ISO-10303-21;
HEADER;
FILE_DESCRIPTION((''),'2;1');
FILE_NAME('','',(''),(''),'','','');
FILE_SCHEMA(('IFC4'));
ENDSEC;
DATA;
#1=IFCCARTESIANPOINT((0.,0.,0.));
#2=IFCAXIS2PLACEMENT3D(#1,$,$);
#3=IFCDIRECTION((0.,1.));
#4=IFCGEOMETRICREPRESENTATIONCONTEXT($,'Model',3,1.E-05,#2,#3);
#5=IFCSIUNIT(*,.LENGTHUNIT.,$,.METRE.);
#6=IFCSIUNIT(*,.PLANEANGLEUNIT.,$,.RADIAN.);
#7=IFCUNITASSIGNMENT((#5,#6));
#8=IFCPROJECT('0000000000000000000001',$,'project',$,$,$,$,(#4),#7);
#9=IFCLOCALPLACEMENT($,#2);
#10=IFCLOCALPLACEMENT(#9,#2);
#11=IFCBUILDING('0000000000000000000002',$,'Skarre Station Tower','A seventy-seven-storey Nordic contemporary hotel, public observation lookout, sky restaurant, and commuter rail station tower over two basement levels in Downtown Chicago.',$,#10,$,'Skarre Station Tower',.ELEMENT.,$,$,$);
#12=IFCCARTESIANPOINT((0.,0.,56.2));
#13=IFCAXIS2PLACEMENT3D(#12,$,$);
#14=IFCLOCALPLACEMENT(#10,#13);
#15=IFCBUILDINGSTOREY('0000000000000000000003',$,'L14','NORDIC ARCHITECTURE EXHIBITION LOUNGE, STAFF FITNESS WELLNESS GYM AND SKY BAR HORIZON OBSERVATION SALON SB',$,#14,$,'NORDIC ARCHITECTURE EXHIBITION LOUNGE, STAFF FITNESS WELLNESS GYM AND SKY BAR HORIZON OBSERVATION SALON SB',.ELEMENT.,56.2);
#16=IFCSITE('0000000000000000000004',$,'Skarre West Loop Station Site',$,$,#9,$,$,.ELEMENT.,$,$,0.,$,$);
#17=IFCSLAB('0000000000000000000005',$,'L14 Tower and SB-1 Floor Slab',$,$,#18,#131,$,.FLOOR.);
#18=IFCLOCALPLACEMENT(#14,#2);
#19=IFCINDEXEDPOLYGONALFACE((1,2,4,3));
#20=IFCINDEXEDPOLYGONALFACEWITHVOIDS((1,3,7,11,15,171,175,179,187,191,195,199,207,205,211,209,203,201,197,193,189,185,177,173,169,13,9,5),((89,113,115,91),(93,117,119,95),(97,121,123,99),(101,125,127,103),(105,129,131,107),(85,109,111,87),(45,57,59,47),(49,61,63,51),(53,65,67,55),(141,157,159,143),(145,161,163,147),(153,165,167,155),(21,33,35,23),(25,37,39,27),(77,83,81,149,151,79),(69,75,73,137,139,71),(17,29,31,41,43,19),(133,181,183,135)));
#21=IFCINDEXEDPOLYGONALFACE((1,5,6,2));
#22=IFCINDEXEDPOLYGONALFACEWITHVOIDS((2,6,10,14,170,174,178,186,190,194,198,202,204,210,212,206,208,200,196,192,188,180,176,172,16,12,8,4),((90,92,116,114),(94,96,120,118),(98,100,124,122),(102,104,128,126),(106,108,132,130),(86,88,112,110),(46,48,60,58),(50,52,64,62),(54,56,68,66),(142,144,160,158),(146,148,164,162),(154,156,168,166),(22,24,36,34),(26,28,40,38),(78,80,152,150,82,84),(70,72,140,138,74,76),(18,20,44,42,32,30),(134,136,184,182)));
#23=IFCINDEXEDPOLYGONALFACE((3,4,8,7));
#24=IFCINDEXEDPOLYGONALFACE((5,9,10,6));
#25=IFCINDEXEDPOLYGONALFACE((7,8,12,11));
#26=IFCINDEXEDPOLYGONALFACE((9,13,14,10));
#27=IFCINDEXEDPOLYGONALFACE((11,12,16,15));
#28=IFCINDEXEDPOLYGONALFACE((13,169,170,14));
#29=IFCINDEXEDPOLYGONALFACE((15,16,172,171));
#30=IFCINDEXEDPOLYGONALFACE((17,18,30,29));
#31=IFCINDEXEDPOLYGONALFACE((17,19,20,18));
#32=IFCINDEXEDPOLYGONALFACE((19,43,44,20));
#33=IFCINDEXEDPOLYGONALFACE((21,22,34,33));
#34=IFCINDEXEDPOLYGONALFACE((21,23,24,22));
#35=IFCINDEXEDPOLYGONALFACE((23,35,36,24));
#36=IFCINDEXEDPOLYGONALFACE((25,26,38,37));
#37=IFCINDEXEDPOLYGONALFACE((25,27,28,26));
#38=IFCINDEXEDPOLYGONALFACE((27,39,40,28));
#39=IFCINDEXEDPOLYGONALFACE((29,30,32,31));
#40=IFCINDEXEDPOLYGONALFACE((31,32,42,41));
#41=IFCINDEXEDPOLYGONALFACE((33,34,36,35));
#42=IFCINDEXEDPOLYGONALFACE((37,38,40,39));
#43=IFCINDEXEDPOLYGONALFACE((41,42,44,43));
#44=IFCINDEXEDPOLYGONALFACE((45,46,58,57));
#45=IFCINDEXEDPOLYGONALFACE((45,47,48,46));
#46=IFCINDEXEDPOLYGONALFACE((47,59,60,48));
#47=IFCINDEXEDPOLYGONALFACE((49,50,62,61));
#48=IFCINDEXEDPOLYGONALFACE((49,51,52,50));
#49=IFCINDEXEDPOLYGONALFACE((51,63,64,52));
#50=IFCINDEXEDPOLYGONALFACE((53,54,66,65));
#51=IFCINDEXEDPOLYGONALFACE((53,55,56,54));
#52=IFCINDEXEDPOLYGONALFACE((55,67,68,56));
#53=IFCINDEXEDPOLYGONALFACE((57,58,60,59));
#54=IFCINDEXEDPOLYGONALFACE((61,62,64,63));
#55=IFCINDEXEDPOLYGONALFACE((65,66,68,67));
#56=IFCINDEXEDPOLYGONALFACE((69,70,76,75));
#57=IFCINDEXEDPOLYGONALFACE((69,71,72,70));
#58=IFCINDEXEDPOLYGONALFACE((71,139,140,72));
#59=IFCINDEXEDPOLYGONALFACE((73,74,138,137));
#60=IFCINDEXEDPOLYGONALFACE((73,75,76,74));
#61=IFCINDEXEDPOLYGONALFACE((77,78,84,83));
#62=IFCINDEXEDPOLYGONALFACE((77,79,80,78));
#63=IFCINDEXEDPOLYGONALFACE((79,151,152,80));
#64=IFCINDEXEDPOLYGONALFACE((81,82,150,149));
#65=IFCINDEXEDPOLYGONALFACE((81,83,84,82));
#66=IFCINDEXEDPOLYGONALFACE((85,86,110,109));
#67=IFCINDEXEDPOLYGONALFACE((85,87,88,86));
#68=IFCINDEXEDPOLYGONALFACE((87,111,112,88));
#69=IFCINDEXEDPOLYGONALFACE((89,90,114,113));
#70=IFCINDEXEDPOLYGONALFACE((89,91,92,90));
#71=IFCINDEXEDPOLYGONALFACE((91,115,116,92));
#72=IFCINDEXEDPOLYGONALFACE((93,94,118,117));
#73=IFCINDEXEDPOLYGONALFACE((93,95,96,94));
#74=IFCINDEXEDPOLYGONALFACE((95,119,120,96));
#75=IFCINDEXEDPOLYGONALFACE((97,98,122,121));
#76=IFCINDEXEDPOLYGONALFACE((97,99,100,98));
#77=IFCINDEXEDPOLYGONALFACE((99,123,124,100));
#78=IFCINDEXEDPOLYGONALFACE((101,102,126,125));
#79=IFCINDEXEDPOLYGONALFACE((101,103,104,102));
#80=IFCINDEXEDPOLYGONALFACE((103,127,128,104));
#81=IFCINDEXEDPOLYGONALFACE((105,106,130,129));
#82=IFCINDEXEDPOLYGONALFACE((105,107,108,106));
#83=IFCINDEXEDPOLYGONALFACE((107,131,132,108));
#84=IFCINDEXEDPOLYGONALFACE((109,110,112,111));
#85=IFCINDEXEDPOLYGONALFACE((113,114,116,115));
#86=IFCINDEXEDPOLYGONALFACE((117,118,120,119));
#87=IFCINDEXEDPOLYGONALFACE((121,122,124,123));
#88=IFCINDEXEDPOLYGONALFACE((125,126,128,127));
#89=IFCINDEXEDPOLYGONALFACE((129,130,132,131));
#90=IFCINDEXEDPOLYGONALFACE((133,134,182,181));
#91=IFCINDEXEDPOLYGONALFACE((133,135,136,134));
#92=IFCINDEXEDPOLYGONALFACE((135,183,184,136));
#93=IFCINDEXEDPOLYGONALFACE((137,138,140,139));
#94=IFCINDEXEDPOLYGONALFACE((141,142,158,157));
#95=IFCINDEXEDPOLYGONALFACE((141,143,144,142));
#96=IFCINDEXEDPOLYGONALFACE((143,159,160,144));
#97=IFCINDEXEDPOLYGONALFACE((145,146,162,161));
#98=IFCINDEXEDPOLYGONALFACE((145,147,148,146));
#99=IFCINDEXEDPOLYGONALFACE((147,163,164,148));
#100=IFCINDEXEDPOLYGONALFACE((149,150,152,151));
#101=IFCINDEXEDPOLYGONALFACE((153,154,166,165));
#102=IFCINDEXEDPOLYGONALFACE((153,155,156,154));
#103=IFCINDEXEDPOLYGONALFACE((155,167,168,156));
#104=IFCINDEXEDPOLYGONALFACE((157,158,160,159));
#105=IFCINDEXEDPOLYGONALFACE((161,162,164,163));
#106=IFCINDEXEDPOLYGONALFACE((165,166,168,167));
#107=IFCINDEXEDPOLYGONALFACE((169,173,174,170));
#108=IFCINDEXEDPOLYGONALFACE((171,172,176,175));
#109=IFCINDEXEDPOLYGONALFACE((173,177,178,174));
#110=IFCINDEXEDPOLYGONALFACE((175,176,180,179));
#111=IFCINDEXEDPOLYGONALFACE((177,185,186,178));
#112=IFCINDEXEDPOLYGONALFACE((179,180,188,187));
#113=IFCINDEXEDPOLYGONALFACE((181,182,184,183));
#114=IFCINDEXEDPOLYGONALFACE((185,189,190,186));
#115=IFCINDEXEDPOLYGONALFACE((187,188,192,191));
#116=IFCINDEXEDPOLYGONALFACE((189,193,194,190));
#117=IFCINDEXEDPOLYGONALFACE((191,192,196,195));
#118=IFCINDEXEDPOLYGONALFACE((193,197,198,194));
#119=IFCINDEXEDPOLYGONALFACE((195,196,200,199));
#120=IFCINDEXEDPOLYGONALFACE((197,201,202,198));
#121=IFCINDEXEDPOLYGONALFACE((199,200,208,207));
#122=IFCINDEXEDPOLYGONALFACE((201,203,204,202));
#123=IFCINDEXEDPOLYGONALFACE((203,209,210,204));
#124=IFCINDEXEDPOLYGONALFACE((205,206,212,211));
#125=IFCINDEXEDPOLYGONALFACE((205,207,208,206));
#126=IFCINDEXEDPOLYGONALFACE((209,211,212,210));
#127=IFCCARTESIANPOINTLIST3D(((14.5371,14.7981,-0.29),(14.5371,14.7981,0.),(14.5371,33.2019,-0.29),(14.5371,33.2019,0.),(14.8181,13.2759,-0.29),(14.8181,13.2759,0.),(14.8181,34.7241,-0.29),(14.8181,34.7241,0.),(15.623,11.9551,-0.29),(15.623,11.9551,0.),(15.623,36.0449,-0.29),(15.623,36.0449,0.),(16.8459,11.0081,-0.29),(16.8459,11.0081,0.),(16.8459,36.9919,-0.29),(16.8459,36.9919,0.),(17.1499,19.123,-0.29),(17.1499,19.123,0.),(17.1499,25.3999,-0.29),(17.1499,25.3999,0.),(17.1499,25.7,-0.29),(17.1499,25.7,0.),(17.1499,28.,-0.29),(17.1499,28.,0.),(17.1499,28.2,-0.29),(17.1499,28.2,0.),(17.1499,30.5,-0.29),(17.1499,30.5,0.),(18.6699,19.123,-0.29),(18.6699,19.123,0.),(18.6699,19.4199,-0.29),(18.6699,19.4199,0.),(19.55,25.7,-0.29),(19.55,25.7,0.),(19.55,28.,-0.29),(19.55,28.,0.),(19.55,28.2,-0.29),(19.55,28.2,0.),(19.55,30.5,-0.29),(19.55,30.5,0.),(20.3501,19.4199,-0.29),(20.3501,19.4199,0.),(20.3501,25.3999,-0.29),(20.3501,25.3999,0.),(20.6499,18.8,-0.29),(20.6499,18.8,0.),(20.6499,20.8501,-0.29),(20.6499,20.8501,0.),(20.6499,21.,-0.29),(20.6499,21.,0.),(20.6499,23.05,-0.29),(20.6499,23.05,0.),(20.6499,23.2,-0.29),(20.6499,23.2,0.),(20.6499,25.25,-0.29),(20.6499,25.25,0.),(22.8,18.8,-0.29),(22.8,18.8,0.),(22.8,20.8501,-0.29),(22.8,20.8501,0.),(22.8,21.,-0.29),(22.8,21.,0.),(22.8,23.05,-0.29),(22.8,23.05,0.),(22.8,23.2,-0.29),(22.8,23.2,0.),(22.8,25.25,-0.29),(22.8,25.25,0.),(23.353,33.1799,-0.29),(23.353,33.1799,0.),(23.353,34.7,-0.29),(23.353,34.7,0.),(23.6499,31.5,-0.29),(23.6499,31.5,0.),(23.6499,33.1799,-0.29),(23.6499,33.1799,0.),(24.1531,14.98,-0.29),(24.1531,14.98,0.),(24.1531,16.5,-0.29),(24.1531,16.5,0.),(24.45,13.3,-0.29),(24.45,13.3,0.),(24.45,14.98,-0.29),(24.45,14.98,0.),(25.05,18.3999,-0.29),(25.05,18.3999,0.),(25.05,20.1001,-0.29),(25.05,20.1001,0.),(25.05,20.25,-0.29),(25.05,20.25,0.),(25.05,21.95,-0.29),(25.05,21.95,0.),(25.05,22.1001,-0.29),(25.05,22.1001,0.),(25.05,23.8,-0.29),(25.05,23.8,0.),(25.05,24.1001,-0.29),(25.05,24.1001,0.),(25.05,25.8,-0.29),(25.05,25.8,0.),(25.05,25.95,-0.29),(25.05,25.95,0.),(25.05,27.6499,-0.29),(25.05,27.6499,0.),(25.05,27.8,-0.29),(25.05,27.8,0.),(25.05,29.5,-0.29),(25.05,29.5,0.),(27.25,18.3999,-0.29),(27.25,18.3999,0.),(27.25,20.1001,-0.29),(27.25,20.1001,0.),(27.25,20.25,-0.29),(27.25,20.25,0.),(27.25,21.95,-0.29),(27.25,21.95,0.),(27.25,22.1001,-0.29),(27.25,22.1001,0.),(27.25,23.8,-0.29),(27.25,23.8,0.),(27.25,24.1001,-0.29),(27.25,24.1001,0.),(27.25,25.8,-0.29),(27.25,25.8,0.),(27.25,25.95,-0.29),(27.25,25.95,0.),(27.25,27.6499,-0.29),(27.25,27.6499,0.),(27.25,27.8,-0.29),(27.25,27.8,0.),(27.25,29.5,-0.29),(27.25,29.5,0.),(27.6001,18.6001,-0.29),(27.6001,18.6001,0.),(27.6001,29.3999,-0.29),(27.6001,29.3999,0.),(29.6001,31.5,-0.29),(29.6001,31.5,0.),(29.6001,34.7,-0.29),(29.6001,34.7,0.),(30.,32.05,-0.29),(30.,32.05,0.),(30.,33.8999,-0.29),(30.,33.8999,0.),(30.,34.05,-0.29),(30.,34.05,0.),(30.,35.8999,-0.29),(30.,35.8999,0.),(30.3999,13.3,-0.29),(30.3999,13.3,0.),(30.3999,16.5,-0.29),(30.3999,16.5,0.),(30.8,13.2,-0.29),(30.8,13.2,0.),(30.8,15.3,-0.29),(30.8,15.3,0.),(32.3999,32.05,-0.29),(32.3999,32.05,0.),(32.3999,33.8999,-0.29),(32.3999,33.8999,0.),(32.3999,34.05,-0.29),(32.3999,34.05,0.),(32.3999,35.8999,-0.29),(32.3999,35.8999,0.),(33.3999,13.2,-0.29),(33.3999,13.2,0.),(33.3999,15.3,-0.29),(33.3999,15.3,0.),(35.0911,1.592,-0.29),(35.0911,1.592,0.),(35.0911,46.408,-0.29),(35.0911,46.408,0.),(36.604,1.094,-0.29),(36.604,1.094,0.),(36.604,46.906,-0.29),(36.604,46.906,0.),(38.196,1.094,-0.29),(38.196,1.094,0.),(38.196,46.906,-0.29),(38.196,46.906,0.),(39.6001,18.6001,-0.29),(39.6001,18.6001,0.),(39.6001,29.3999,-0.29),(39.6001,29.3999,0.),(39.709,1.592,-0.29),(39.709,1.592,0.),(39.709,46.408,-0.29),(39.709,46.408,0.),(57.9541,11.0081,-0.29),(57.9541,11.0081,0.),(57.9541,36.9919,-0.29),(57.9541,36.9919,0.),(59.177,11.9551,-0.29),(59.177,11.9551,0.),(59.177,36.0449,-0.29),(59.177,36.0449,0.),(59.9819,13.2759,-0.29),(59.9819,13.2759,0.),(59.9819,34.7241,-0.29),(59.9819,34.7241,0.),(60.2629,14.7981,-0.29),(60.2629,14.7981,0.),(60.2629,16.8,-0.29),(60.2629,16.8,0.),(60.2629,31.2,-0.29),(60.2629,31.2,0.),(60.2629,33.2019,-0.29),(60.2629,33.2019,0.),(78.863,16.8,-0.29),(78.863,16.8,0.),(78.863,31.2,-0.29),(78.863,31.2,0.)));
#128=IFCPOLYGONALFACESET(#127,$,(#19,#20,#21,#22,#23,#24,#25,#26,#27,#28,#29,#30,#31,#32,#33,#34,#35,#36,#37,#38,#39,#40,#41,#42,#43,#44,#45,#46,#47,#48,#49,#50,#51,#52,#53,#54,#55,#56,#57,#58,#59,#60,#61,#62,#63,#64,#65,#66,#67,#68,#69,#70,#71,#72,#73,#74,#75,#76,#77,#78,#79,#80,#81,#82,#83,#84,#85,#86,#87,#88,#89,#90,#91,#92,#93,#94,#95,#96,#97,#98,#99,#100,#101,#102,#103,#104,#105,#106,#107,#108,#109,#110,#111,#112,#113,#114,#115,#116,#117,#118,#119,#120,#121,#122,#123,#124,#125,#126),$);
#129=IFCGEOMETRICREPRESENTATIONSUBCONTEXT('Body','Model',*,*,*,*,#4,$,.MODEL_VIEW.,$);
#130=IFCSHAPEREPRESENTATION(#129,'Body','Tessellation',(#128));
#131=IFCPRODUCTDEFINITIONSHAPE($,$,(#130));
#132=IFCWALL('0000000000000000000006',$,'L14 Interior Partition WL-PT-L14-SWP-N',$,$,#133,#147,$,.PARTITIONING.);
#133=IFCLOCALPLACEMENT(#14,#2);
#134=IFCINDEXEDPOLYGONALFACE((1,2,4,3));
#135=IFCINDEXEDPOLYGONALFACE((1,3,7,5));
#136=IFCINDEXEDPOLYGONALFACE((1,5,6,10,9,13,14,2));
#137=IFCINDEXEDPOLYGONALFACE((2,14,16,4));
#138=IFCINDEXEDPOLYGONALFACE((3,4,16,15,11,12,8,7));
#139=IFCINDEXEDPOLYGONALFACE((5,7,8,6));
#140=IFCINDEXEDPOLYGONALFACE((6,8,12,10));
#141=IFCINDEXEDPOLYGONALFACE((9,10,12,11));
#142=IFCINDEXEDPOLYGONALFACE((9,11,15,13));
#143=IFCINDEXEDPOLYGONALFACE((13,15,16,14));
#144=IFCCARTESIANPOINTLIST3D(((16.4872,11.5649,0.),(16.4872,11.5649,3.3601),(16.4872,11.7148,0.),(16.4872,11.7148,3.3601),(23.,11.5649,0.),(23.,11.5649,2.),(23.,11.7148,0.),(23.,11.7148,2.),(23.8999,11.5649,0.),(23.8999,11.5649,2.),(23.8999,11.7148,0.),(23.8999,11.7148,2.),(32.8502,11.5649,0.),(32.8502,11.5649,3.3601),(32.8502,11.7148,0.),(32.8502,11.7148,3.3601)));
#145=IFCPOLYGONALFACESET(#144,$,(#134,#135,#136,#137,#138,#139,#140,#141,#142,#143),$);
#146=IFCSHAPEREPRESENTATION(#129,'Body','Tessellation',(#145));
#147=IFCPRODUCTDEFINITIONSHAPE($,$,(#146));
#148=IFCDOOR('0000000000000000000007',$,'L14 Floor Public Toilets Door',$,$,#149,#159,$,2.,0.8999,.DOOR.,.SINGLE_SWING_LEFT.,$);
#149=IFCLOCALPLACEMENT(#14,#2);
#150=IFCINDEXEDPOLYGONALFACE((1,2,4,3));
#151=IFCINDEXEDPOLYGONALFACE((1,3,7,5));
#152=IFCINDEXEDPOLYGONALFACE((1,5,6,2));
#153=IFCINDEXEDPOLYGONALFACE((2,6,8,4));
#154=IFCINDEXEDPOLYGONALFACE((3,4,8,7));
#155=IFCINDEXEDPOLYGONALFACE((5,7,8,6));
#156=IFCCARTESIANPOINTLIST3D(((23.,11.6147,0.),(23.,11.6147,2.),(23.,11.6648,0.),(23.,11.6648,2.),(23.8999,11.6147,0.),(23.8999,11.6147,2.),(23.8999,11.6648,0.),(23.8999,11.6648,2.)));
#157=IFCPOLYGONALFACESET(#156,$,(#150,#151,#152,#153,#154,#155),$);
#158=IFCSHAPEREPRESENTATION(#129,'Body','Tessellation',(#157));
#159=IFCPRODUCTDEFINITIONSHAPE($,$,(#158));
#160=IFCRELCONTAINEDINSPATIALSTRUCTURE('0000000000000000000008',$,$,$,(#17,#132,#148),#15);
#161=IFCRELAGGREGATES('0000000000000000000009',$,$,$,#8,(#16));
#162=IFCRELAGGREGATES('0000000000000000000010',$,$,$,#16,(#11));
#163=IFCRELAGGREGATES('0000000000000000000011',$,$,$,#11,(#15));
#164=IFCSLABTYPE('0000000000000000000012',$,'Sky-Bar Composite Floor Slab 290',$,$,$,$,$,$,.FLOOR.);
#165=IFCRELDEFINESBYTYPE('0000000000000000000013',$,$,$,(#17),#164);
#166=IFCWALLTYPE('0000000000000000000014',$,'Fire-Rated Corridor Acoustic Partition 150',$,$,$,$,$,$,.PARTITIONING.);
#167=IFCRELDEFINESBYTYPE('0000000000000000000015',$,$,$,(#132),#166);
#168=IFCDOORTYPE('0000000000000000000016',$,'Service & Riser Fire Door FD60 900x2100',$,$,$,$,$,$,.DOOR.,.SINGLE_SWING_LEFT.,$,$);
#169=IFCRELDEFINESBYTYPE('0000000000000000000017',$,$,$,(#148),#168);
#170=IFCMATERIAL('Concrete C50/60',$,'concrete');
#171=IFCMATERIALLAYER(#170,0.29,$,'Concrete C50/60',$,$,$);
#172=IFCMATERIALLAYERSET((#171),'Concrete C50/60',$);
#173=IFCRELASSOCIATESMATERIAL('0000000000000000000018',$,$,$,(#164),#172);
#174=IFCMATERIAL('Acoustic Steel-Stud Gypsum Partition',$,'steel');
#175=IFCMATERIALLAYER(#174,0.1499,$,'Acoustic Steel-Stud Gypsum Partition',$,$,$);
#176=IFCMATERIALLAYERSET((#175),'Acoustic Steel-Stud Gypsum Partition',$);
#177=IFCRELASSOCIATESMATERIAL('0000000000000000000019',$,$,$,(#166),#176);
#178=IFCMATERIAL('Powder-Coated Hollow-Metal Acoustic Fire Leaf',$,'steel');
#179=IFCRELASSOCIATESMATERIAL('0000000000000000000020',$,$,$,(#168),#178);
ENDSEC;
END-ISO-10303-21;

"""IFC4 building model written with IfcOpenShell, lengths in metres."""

from ifc_helpers import new_model, si_unit, direction, frame, frame_2d, origin, place, context, subcontext, project, spatial, polyline, rectangle, outline, extrude, material, layer, layer_set, type_object, element, fill, save


model = new_model("IFC4")

# Units and contexts
model_context = context("Model", 3, precision=1e-05, world=origin(), true_north=direction((0.0, 1.0)))
body_context = subcontext(model_context, "Body", "Model", "MODEL_VIEW")
ifc_project = project(units=[si_unit("LENGTHUNIT", "METRE"), si_unit("PLANEANGLEUNIT", "RADIAN")], contexts=[model_context])

# Site, building, storey
site_placement = place(None, origin())
site = spatial("IfcSite", under=ifc_project, at=site_placement, Name="Skarre West Loop Station Site", CompositionType="ELEMENT", RefElevation=0.0)
building_placement = place(site_placement, origin())
building = spatial("IfcBuilding", under=site, at=building_placement, Name="Skarre Station Tower", Description="A seventy-seven-storey Nordic contemporary hotel, public observation lookout, sky restaurant, and commuter rail station tower over two basement levels in Downtown Chicago.", LongName="Skarre Station Tower", CompositionType="ELEMENT")
storey_placement = place(building_placement, frame((0.0, 0.0, 56.2)))
storey = spatial("IfcBuildingStorey", under=building, at=storey_placement, Name="L14", Description="NORDIC ARCHITECTURE EXHIBITION LOUNGE, STAFF FITNESS WELLNESS GYM AND SKY BAR HORIZON OBSERVATION SALON SB", LongName="NORDIC ARCHITECTURE EXHIBITION LOUNGE, STAFF FITNESS WELLNESS GYM AND SKY BAR HORIZON OBSERVATION SALON SB", CompositionType="ELEMENT", Elevation=56.2)

# Slab
ifc_material_1 = material(Name="Concrete C50/60", Category="concrete")
ifc_layer_1 = layer(ifc_material_1, 0.29, Name="Concrete C50/60")
ifc_layer_set_1 = layer_set([ifc_layer_1], Name="Concrete C50/60")
slab_type_1 = type_object("IfcSlabType", Name="Sky-Bar Composite Floor Slab 290", PredefinedType="FLOOR", material=ifc_layer_set_1)
slab_1_placement = place(storey_placement, frame((0.0, 0.0, -0.29)))
element("IfcSlab", 1, at=slab_1_placement, inside=storey, type_object=slab_type_1, Name="L14 Tower and SB-1 Floor Slab", PredefinedType="FLOOR", context=body_context, shape_type="SweptSolid", body=[
    extrude(outline(polyline([(60.2629, 16.8), (78.863, 16.8), (78.863, 31.2), (60.2629, 31.2), (60.2629, 33.2019), (59.9819, 34.7241), (59.177, 36.0449), (57.9541, 36.9919), (39.709, 46.408), (38.196, 46.906), (36.604, 46.906), (35.0911, 46.408), (16.8459, 36.9919), (15.623, 36.0449), (14.8181, 34.7241), (14.5371, 33.2019), (14.5371, 14.7981), (14.8181, 13.2759), (15.623, 11.9551), (16.8459, 11.0081), (35.0911, 1.592), (36.604, 1.094), (38.196, 1.094), (39.709, 1.592), (57.9541, 11.0081), (59.177, 11.9551), (59.9819, 13.2759), (60.2629, 14.7981), (60.2629, 16.8)]), holes=[polyline([(18.6699, 19.4199), (18.6699, 19.123), (17.1499, 19.123), (17.1499, 25.3999), (20.3501, 25.3999), (20.3501, 19.4199), (18.6699, 19.4199)]), polyline([(24.45, 14.98), (24.1531, 14.98), (24.1531, 16.5), (30.3999, 16.5), (30.3999, 13.3), (24.45, 13.3), (24.45, 14.98)]), polyline([(23.6499, 33.1799), (23.353, 33.1799), (23.353, 34.7), (29.6001, 34.7), (29.6001, 31.5), (23.6499, 31.5), (23.6499, 33.1799)]), polyline([(17.1499, 28.0), (19.55, 28.0), (19.55, 25.7), (17.1499, 25.7), (17.1499, 28.0)]), polyline([(17.1499, 30.5), (19.55, 30.5), (19.55, 28.2), (17.1499, 28.2), (17.1499, 30.5)]), polyline([(30.8, 15.3), (33.3999, 15.3), (33.3999, 13.2), (30.8, 13.2), (30.8, 15.3)]), polyline([(25.05, 20.1001), (27.25, 20.1001), (27.25, 18.3999), (25.05, 18.3999), (25.05, 20.1001)]), polyline([(25.05, 21.95), (27.25, 21.95), (27.25, 20.25), (25.05, 20.25), (25.05, 21.95)]), polyline([(25.05, 23.8), (27.25, 23.8), (27.25, 22.1001), (25.05, 22.1001), (25.05, 23.8)]), polyline([(25.05, 25.8), (27.25, 25.8), (27.25, 24.1001), (25.05, 24.1001), (25.05, 25.8)]), polyline([(25.05, 27.6499), (27.25, 27.6499), (27.25, 25.95), (25.05, 25.95), (25.05, 27.6499)]), polyline([(25.05, 29.5), (27.25, 29.5), (27.25, 27.8), (25.05, 27.8), (25.05, 29.5)]), polyline([(20.6499, 20.8501), (22.8, 20.8501), (22.8, 18.8), (20.6499, 18.8), (20.6499, 20.8501)]), polyline([(20.6499, 23.05), (22.8, 23.05), (22.8, 21.0), (20.6499, 21.0), (20.6499, 23.05)]), polyline([(20.6499, 25.25), (22.8, 25.25), (22.8, 23.2), (20.6499, 23.2), (20.6499, 25.25)]), polyline([(30.0, 33.8999), (32.3999, 33.8999), (32.3999, 32.05), (30.0, 32.05), (30.0, 33.8999)]), polyline([(30.0, 35.8999), (32.3999, 35.8999), (32.3999, 34.05), (30.0, 34.05), (30.0, 35.8999)]), polyline([(27.6001, 29.3999), (39.6001, 29.3999), (39.6001, 18.6001), (27.6001, 18.6001), (27.6001, 29.3999)])]), origin(), (0.0, 0.0, 1.0), 0.29),
])

# Wall, opening, door
ifc_material_2 = material(Name="Acoustic Steel-Stud Gypsum Partition", Category="steel")
ifc_layer_2 = layer(ifc_material_2, 0.1499, Name="Acoustic Steel-Stud Gypsum Partition")
ifc_layer_set_2 = layer_set([ifc_layer_2], Name="Acoustic Steel-Stud Gypsum Partition")
wall_type_1 = type_object("IfcWallType", Name="Fire-Rated Corridor Acoustic Partition 150", PredefinedType="PARTITIONING", material=ifc_layer_set_2)
wall_1_placement = place(storey_placement, frame((16.4871, 11.6399, 0.0), z_axis=(0.0, 0.0, 1.0), x_axis=(1.0, 0.0, 0.0)))
wall_1 = element("IfcWall", 2, at=wall_1_placement, inside=storey, type_object=wall_type_1, Name="L14 Interior Partition WL-PT-L14-SWP-N", PredefinedType="PARTITIONING", context=body_context, shape_type="SweptSolid", body=[
    extrude(rectangle(XDim=16.363, YDim=0.1499, at=frame_2d((8.1816, 0.0))), origin(), (0.0, 0.0, 1.0), 3.3601),
])
opening_1_placement = place(wall_1_placement, frame((6.5129, 0.0, 0.0)))
opening_1 = element("IfcOpeningElement", 3, at=opening_1_placement, cuts=wall_1, PredefinedType="OPENING", context=body_context, shape_type="SweptSolid", body=[
    extrude(rectangle(XDim=0.8999, YDim=2.0, at=frame_2d((0.45, 1.0))), frame((0.0, 0.085, 0.0), z_axis=(0.0, -1.0, 0.0), x_axis=(1.0, 0.0, 0.0)), (0.0, 0.0, 1.0), 0.1699),
])
ifc_material_3 = material(Name="Powder-Coated Hollow-Metal Acoustic Fire Leaf", Category="steel")
door_type = type_object("IfcDoorType", Name="Service & Riser Fire Door FD60 900x2100", OperationType="SINGLE_SWING_LEFT", PredefinedType="DOOR", material=ifc_material_3)
door_placement = place(opening_1_placement, origin())
door = element("IfcDoor", 4, at=door_placement, inside=storey, type_object=door_type, Name="L14 Floor Public Toilets Door", OperationType="SINGLE_SWING_LEFT", OverallHeight=2.0, OverallWidth=0.8999, PredefinedType="DOOR", context=body_context, shape_type="SweptSolid", body=[
    extrude(rectangle(XDim=0.8999, YDim=2.0, at=frame_2d((0.45, 1.0))), frame((0.0, 0.0249, 0.0), z_axis=(0.0, -1.0, 0.0), x_axis=(1.0, 0.0, 0.0)), (0.0, 0.0, 1.0), 0.05),
])
fill(opening_1, door)

save(model, "model.ifc")
